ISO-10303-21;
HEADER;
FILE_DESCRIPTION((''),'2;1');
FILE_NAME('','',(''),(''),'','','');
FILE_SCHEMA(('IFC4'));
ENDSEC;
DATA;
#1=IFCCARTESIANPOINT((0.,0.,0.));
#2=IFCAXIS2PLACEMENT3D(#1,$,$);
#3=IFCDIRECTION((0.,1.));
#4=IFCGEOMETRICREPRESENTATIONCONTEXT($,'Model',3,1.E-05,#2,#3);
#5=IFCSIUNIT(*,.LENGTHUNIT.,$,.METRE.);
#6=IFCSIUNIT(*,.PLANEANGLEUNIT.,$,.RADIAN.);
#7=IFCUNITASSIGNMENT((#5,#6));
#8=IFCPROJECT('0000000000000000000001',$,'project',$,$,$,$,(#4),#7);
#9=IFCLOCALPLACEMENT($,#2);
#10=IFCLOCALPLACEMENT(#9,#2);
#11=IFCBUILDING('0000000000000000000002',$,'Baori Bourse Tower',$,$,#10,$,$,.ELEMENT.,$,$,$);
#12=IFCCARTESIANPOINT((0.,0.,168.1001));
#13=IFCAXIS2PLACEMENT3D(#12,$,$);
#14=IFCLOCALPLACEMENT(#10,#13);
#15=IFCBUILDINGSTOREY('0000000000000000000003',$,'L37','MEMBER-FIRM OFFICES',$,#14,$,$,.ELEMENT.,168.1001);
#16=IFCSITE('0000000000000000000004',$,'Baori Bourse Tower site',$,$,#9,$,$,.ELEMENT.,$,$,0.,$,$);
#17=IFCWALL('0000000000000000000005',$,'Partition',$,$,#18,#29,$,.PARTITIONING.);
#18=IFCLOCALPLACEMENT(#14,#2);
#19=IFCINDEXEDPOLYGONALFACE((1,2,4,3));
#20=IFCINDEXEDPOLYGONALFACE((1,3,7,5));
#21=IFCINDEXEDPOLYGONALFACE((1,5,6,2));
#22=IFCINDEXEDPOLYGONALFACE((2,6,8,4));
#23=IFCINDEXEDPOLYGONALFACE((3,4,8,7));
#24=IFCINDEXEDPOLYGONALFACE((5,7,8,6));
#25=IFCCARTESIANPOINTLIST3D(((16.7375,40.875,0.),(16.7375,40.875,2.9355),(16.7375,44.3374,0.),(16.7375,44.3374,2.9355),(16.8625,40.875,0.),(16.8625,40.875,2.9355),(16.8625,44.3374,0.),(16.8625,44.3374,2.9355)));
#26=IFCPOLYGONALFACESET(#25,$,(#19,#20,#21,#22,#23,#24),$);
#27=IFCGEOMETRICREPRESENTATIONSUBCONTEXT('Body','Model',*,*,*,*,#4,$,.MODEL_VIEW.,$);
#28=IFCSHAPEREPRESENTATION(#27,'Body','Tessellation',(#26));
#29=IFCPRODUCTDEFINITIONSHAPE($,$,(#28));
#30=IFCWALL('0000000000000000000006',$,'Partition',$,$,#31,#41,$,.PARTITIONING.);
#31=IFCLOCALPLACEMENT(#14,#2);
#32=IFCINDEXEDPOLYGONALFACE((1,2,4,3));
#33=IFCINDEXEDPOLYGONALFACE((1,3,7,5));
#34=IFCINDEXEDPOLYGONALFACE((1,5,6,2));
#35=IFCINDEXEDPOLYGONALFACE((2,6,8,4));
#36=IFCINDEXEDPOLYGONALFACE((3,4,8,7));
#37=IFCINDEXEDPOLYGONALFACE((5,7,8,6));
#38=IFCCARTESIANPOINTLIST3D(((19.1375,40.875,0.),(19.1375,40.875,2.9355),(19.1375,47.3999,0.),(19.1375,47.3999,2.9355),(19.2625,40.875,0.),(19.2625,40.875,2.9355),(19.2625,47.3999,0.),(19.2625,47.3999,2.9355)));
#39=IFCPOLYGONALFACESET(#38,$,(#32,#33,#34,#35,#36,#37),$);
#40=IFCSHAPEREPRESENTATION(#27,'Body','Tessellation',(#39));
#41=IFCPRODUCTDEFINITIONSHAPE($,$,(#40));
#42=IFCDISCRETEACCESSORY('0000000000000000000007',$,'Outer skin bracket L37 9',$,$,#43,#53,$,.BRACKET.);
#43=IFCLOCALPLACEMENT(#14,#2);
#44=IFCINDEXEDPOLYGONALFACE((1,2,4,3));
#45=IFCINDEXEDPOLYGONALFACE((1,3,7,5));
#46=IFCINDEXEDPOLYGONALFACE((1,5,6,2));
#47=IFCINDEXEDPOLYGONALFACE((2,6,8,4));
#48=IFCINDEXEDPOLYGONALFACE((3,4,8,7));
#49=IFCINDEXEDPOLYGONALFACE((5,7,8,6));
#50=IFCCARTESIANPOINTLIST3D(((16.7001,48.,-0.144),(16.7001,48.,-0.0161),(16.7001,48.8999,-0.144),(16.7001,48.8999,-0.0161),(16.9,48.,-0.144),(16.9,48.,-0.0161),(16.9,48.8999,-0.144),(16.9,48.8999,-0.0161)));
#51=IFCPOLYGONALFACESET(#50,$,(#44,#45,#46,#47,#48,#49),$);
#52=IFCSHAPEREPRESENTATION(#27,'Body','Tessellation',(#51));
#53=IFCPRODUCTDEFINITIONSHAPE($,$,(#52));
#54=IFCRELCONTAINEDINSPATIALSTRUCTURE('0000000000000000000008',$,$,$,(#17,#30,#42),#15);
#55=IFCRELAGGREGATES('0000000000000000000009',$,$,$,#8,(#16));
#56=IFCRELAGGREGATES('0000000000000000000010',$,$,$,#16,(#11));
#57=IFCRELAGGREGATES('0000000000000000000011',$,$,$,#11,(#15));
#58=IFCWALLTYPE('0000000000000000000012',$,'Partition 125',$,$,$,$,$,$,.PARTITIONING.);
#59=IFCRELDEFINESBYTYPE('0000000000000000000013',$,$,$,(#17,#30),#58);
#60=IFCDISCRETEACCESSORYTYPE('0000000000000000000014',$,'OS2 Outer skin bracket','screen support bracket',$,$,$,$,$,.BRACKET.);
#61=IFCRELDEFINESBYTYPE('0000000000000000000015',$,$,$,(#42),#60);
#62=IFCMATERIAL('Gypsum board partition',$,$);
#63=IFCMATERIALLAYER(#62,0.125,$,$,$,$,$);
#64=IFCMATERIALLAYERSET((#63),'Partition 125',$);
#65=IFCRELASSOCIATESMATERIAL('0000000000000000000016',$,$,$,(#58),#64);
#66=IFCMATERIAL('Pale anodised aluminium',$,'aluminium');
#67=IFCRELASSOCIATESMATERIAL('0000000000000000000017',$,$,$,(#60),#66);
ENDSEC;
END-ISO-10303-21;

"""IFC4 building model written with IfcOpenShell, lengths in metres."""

from ifc_helpers import new_model, si_unit, direction, frame, frame_2d, origin, origin_2d, place, context, subcontext, project, spatial, rectangle, extrude, material, layer, layer_set, type_object, element, save


model = new_model("IFC4")

# Units and contexts
model_context = context("Model", 3, precision=1e-05, world=origin(), true_north=direction((0.0, 1.0)))
body_context = subcontext(model_context, "Body", "Model", "MODEL_VIEW")
ifc_project = project(units=[si_unit("LENGTHUNIT", "METRE"), si_unit("PLANEANGLEUNIT", "RADIAN")], contexts=[model_context])

# Site, building, storey
site_placement = place(None, origin())
site = spatial("IfcSite", under=ifc_project, at=site_placement, Name="Baori Bourse Tower site", CompositionType="ELEMENT", RefElevation=0.0)
building_placement = place(site_placement, origin())
building = spatial("IfcBuilding", under=site, at=building_placement, Name="Baori Bourse Tower", CompositionType="ELEMENT")
storey_placement = place(building_placement, frame((0.0, 0.0, 168.1001)))
storey = spatial("IfcBuildingStorey", under=building, at=storey_placement, Name="L37", Description="MEMBER-FIRM OFFICES", CompositionType="ELEMENT", Elevation=168.1001)

# Walls
ifc_material_1 = material(Name="Gypsum board partition")
ifc_layer_1 = layer(ifc_material_1, 0.125)
ifc_layer_set_1 = layer_set([ifc_layer_1], Name="Partition 125")
wall_type_1 = type_object("IfcWallType", Name="Partition 125", PredefinedType="PARTITIONING", material=ifc_layer_set_1)
wall_1_placement = place(storey_placement, frame((16.8, 40.875, 0.0), z_axis=(0.0, 0.0, 1.0), x_axis=(0.0, 1.0, 0.0)))
element("IfcWall", 1, at=wall_1_placement, inside=storey, type_object=wall_type_1, Name="Partition", PredefinedType="PARTITIONING", context=body_context, shape_type="SweptSolid", body=[
    extrude(rectangle(XDim=3.4624, YDim=0.125, at=frame_2d((1.7312, 0.0))), origin(), (0.0, 0.0, 1.0), 2.9355),
])
wall_2_placement = place(storey_placement, frame((19.2, 40.875, 0.0), z_axis=(0.0, 0.0, 1.0), x_axis=(0.0, 1.0, 0.0)))
element("IfcWall", 2, at=wall_2_placement, inside=storey, type_object=wall_type_1, Name="Partition", PredefinedType="PARTITIONING", context=body_context, shape_type="SweptSolid", body=[
    extrude(rectangle(XDim=6.5249, YDim=0.125, at=frame_2d((3.2625, 0.0))), origin(), (0.0, 0.0, 1.0), 2.9355),
])

# Discrete accessory
ifc_material_2 = material(Name="Pale anodised aluminium", Category="aluminium")
discrete_accessory_type = type_object("IfcDiscreteAccessoryType", Name="OS2 Outer skin bracket", Description="screen support bracket", PredefinedType="BRACKET", material=ifc_material_2)
discrete_accessory_placement = place(storey_placement, frame((16.8, 48.45, -0.144), z_axis=(0.0, 0.0, 1.0), x_axis=(-1.0, 0.0, 0.0)))
element("IfcDiscreteAccessory", 3, at=discrete_accessory_placement, inside=storey, type_object=discrete_accessory_type, Name="Outer skin bracket L37 9", PredefinedType="BRACKET", context=body_context, shape_type="SweptSolid", body=[
    extrude(rectangle(XDim=0.2, YDim=0.8999, at=origin_2d()), origin(), (0.0, 0.0, 1.0), 0.1279),
])

save(model, "model.ifc")
